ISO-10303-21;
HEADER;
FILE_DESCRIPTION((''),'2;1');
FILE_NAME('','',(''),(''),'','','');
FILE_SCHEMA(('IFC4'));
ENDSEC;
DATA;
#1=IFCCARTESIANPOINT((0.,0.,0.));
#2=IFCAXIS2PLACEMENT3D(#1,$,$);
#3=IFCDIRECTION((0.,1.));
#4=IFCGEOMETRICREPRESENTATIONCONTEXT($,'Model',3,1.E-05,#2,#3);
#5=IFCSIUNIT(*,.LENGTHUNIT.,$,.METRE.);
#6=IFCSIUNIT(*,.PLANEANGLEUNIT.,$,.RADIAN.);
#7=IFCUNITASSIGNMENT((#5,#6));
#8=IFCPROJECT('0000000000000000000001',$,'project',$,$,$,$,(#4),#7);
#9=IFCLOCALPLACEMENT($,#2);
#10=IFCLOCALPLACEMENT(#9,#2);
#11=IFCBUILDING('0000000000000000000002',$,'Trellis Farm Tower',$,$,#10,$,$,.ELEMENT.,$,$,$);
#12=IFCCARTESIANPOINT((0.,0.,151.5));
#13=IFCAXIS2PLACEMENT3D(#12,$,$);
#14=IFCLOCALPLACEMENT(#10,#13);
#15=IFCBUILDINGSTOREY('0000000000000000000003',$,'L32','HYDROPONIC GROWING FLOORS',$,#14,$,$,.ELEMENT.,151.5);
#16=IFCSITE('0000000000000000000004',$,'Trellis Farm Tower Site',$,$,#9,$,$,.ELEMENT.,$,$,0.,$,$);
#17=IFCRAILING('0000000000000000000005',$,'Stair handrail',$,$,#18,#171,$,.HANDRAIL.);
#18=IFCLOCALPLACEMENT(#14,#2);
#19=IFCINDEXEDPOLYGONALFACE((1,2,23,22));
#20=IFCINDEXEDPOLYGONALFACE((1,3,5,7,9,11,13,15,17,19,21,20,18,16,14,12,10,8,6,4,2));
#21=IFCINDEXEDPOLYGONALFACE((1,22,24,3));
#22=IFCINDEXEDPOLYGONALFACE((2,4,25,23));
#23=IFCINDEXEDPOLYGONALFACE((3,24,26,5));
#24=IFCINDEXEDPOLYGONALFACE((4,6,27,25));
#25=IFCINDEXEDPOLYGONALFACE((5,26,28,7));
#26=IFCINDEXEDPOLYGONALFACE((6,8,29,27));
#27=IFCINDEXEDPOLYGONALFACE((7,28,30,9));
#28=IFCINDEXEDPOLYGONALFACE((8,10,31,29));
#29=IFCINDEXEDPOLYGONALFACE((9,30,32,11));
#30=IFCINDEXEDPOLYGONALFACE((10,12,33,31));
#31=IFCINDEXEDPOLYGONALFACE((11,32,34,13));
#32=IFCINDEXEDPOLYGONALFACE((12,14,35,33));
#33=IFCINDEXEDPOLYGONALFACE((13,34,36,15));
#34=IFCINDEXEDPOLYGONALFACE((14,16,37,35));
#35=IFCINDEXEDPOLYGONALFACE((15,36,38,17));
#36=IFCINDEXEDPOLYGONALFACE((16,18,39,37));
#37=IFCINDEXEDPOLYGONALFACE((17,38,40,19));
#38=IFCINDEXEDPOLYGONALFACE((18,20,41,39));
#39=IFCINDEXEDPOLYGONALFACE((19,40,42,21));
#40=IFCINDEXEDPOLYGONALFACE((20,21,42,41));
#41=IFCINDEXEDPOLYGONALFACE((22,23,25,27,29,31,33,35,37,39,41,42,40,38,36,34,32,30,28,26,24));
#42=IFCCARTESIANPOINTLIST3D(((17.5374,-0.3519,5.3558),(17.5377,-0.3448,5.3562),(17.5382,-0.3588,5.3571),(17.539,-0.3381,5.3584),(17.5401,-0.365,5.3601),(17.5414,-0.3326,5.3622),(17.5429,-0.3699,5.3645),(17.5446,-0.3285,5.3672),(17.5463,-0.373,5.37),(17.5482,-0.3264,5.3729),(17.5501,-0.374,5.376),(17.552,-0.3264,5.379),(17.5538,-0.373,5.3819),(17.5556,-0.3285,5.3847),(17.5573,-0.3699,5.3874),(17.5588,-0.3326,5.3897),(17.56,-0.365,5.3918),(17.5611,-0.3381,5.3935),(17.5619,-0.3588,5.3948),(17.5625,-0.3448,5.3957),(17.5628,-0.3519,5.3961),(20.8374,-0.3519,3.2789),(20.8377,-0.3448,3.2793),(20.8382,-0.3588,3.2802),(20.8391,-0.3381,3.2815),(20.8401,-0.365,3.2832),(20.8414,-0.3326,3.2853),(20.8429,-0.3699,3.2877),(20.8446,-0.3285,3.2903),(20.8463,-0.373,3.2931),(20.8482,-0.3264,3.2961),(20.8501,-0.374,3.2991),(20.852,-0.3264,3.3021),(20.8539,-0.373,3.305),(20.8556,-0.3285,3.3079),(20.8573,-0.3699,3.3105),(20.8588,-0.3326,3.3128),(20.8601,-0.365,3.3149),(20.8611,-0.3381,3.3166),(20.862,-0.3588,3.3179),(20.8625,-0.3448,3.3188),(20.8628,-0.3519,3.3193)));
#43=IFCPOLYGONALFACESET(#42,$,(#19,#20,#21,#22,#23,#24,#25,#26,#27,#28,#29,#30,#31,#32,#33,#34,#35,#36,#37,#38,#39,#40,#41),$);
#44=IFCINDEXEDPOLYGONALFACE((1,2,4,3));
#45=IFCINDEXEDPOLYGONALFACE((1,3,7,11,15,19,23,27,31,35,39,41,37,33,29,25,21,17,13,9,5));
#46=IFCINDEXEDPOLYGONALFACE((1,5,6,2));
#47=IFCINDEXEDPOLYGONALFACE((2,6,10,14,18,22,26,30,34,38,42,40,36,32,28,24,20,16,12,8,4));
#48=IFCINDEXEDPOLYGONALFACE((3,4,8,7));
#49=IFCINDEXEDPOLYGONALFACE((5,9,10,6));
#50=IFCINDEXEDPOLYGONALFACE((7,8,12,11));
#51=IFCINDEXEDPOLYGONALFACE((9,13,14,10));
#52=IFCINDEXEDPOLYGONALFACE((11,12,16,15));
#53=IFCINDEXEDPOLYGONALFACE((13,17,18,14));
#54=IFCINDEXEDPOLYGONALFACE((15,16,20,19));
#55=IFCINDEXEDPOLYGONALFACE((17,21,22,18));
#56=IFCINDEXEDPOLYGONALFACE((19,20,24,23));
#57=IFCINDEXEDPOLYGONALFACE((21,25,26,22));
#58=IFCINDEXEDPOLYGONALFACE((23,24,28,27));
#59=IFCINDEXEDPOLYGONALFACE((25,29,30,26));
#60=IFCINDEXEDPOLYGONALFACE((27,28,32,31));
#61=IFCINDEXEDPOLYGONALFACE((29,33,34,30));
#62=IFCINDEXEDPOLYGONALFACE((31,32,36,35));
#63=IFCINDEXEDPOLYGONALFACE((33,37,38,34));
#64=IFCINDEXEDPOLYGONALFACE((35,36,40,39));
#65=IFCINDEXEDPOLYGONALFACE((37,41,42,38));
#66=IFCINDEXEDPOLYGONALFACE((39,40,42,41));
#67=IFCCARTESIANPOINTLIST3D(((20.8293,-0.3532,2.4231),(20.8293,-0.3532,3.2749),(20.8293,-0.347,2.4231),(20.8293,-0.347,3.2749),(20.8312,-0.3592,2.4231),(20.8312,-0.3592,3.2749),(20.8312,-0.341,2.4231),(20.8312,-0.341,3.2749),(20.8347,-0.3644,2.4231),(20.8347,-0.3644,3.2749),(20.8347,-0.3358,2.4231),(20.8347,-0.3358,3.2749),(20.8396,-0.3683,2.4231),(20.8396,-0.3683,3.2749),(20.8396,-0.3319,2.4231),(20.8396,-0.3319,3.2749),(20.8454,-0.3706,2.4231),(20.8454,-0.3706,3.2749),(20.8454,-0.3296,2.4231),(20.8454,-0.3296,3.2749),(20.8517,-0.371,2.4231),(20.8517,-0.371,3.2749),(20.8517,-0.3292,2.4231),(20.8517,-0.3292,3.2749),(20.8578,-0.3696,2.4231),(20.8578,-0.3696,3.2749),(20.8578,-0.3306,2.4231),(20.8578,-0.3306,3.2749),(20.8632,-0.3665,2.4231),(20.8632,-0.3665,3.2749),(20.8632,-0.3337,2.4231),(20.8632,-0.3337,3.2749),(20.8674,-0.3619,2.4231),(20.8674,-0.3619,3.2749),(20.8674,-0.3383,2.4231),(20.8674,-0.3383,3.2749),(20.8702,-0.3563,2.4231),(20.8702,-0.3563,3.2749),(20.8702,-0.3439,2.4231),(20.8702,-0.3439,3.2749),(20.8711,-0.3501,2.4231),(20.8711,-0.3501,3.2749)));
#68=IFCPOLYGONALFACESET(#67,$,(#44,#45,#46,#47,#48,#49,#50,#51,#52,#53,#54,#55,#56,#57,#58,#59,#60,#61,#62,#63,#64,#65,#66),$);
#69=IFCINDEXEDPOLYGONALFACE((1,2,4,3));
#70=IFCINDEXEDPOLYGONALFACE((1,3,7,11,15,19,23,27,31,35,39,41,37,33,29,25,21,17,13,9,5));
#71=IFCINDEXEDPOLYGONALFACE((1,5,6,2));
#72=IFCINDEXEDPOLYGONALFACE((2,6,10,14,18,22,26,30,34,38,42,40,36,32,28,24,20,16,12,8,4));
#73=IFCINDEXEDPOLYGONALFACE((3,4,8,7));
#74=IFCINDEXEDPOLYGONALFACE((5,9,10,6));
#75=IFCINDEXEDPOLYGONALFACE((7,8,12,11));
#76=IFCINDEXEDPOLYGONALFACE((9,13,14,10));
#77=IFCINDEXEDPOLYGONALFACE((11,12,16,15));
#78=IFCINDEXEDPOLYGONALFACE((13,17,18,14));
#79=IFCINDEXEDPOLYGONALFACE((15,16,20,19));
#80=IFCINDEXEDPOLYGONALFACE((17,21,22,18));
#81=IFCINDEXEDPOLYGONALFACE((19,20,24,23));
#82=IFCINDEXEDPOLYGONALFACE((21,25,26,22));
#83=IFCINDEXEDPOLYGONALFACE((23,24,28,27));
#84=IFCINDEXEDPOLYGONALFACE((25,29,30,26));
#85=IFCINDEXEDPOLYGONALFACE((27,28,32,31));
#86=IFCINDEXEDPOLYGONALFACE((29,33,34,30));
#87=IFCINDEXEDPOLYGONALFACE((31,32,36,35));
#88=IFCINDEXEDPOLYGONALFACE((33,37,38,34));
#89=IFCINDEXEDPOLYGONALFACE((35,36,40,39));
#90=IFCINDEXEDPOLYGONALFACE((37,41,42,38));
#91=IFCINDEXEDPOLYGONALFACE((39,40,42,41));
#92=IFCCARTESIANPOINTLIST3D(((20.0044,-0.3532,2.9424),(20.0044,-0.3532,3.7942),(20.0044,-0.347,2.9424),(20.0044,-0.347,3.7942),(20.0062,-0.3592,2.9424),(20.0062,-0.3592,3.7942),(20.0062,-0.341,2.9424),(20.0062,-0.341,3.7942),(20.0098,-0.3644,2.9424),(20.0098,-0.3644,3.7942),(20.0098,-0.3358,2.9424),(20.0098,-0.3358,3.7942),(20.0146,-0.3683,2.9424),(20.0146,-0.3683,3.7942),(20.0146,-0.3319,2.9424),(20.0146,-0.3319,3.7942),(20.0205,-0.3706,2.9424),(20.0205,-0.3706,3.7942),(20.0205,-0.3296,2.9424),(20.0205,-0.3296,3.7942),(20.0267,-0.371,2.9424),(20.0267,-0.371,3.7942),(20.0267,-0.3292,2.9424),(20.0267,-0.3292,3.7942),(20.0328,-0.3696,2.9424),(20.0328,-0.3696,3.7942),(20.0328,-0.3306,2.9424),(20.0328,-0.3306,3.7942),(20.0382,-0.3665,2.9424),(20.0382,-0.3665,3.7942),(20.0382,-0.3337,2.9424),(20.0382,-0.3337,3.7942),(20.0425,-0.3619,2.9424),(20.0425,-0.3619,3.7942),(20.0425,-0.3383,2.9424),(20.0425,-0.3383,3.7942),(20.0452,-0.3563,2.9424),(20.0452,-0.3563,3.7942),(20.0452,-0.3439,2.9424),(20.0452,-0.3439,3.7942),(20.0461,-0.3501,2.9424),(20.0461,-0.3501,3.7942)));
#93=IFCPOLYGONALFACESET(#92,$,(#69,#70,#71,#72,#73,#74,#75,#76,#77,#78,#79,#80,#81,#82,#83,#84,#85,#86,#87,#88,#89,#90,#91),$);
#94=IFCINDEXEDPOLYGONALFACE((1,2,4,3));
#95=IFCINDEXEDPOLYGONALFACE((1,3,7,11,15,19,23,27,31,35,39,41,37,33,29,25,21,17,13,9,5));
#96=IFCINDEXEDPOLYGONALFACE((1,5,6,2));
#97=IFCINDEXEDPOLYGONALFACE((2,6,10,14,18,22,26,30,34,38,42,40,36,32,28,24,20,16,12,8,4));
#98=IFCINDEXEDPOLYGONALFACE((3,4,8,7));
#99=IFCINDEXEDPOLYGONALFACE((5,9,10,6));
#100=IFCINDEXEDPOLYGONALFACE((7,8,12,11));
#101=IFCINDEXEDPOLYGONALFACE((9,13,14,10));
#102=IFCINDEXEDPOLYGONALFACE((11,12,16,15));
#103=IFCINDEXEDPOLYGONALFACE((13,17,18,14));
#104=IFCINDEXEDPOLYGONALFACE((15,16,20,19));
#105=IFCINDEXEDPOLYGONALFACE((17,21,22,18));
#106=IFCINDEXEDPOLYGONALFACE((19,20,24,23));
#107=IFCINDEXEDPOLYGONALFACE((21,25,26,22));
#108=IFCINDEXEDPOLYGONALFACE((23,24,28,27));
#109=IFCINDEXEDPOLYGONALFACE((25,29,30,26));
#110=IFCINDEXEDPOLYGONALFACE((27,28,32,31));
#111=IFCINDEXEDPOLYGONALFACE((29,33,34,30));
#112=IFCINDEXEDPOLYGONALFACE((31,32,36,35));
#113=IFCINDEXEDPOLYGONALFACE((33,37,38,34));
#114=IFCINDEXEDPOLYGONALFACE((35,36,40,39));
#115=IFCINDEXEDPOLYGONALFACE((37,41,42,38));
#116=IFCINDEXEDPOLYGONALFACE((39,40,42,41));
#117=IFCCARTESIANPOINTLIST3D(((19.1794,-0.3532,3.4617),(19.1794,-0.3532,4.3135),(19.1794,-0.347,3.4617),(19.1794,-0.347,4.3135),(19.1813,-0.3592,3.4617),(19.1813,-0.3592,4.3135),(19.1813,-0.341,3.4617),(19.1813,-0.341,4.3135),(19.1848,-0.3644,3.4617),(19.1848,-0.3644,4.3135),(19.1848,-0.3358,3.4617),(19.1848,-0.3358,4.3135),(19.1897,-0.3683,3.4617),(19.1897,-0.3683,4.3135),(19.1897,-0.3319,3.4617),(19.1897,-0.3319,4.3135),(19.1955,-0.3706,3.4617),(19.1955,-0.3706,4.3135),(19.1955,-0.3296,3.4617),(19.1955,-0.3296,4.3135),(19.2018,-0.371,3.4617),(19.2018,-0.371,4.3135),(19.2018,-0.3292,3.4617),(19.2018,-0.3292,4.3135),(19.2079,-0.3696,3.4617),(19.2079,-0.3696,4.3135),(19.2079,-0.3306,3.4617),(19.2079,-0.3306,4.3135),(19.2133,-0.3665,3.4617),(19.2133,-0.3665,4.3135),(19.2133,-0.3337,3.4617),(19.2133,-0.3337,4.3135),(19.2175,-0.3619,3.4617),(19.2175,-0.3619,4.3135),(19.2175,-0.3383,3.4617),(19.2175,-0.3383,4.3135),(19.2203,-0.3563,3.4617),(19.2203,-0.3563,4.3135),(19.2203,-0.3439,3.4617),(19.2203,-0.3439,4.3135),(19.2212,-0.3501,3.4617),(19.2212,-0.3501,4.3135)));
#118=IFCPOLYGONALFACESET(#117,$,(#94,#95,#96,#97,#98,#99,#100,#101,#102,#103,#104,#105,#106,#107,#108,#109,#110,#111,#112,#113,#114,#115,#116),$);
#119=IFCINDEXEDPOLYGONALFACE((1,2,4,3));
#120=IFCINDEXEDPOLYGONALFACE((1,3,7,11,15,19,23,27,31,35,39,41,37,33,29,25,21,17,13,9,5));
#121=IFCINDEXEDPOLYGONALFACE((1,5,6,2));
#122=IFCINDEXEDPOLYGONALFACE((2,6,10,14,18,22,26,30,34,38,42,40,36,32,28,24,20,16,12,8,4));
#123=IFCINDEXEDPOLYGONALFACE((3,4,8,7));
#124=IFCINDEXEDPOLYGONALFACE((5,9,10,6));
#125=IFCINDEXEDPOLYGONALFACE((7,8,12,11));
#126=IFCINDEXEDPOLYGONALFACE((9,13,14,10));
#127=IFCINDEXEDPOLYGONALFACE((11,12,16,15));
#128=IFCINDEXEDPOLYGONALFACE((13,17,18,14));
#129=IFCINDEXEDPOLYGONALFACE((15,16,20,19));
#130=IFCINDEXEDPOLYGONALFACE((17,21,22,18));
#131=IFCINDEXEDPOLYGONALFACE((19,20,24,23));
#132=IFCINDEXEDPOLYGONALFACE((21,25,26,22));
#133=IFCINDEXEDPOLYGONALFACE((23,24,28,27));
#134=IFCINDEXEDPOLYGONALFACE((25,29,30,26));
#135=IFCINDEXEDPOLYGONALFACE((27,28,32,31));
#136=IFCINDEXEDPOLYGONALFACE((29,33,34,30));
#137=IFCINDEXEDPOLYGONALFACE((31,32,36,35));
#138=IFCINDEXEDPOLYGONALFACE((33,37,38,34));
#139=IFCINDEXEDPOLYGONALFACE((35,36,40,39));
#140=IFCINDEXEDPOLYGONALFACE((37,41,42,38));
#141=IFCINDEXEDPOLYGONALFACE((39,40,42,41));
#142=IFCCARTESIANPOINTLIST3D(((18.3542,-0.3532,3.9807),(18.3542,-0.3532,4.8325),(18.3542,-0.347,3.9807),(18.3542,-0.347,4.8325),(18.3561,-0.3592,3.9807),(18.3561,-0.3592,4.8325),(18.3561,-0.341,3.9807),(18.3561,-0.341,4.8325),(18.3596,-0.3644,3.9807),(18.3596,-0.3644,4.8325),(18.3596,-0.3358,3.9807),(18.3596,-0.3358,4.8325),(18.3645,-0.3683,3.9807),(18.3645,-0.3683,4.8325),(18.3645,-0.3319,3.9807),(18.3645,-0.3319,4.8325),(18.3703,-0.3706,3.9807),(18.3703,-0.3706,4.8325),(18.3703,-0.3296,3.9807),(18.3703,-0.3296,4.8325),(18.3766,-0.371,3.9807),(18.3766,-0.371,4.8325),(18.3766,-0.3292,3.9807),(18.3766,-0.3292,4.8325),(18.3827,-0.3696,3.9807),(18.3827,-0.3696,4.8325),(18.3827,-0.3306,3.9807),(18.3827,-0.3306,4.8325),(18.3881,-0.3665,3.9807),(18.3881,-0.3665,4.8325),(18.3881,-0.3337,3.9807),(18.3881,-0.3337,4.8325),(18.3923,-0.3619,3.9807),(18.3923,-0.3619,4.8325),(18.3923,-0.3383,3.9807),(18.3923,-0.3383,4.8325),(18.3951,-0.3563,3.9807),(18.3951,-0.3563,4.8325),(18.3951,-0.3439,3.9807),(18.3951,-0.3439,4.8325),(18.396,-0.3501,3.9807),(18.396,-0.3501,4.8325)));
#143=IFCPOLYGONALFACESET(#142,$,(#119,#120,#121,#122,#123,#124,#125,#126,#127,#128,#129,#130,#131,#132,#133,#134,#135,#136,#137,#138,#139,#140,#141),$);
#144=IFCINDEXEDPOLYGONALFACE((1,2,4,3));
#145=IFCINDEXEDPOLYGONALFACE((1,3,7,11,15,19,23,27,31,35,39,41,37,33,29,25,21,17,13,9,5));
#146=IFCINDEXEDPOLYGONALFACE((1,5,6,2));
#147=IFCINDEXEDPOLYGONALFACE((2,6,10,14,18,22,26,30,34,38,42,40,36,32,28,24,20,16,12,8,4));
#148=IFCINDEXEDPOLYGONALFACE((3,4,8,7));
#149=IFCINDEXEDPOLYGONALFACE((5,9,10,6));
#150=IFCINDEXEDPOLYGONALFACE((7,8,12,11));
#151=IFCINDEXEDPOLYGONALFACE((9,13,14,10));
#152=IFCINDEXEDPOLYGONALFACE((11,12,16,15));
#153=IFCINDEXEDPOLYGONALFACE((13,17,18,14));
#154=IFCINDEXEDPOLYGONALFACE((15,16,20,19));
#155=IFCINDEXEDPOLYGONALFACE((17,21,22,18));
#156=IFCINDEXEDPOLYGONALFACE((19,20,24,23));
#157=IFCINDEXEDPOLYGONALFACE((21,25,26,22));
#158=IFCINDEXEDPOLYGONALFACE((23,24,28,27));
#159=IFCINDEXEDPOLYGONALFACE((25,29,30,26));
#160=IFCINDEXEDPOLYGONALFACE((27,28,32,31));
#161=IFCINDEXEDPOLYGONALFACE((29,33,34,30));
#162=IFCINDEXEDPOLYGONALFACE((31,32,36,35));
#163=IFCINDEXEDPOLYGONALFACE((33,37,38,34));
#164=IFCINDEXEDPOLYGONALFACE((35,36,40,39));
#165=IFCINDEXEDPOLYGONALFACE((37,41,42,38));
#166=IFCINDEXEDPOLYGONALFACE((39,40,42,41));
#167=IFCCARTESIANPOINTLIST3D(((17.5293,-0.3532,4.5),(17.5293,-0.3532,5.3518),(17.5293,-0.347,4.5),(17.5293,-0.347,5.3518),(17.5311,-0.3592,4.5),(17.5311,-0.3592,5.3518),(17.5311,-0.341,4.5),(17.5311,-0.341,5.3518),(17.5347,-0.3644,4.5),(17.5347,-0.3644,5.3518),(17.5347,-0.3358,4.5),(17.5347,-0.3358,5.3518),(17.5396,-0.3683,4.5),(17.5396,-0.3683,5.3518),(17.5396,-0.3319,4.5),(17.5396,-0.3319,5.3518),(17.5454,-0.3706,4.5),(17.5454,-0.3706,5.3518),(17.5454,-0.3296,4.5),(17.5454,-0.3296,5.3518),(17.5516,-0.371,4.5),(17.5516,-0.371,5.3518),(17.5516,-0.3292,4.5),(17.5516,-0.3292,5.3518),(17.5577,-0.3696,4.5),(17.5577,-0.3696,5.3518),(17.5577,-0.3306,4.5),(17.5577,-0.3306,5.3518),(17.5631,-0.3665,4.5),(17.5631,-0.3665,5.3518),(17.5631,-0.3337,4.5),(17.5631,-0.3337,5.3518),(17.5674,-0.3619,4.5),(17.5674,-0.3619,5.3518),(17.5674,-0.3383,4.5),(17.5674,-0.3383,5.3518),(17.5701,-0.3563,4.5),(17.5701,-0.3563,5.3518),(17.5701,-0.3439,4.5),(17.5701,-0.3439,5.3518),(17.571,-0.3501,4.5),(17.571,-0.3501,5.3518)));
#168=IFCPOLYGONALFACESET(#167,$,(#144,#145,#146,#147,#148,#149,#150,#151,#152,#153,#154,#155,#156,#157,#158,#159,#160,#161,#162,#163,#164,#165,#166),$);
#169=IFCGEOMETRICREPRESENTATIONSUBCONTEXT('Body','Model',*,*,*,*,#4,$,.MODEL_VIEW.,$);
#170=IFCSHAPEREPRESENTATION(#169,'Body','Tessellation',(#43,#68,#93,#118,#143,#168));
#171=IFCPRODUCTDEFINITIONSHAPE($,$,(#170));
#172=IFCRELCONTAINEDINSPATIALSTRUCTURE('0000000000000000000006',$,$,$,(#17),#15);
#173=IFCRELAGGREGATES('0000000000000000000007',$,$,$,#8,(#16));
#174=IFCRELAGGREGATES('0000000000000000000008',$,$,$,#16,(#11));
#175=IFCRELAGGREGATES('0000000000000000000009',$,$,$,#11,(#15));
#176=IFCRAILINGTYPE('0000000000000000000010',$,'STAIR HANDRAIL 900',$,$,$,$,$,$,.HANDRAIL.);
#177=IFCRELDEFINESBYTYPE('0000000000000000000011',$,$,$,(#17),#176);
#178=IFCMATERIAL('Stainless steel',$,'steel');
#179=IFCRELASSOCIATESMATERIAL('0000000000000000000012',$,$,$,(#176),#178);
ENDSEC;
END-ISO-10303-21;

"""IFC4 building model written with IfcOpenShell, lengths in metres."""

from ifc_helpers import new_model, si_unit, direction, frame, origin, origin_2d, place, context, subcontext, project, spatial, circle, extrude, source, transform, mapped, material, type_object, element, save


model = new_model("IFC4")

# Units and contexts
model_context = context("Model", 3, precision=1e-05, world=origin(), true_north=direction((0.0, 1.0)))
body_context = subcontext(model_context, "Body", "Model", "MODEL_VIEW")
ifc_project = project(units=[si_unit("LENGTHUNIT", "METRE"), si_unit("PLANEANGLEUNIT", "RADIAN")], contexts=[model_context])

# Site, building, storey
site_placement = place(None, origin())
site = spatial("IfcSite", under=ifc_project, at=site_placement, Name="Trellis Farm Tower Site", CompositionType="ELEMENT", RefElevation=0.0)
building_placement = place(site_placement, origin())
building = spatial("IfcBuilding", under=site, at=building_placement, Name="Trellis Farm Tower", CompositionType="ELEMENT")
storey_placement = place(building_placement, frame((0.0, 0.0, 151.5)))
storey = spatial("IfcBuildingStorey", under=building, at=storey_placement, Name="L32", Description="HYDROPONIC GROWING FLOORS", CompositionType="ELEMENT", Elevation=151.5)

# Shared definitions
ifc_material_1 = material(Name="Stainless steel", Category="steel")

# Railing
railing_type = type_object("IfcRailingType", Name="STAIR HANDRAIL 900", PredefinedType="HANDRAIL", material=ifc_material_1)
shared_shape_1 = source(origin(), body_context, "Body", "SweptSolid", [
    extrude(circle(Radius=0.0239, at=origin_2d()), frame((0.0, 0.0, 0.876), z_axis=(-0.846337, 0.0, 0.532647), x_axis=(0.0, -1.0, 0.0)), (0.0, 0.0, 1.0), 3.8992),
    extrude(circle(Radius=0.021, at=origin_2d()), origin(), (0.0, 0.0, 1.0), 0.8518),
    extrude(circle(Radius=0.021, at=origin_2d()), frame((-0.825, 0.0, 0.5193)), (0.0, 0.0, 1.0), 0.8518),
    extrude(circle(Radius=0.021, at=origin_2d()), frame((-1.6499, 0.0, 1.0386)), (0.0, 0.0, 1.0), 0.8518),
    extrude(circle(Radius=0.021, at=origin_2d()), frame((-2.4751, 0.0, 1.5576)), (0.0, 0.0, 1.0), 0.8518),
    extrude(circle(Radius=0.021, at=origin_2d()), frame((-3.3, 0.0, 2.0769)), (0.0, 0.0, 1.0), 0.8518),
])
for number, where, name in (
    (1, (20.8501, -0.3501, 2.4231), "Stair handrail"),
):
    element("IfcRailing", number, at=place(storey_placement, frame(where)), inside=storey, type_object=railing_type, Name=name, PredefinedType="HANDRAIL", context=body_context, shape_type="MappedRepresentation", body=[
        mapped(shared_shape_1, transform((0.0, 0.0, 0.0))),
    ])

save(model, "model.ifc")
